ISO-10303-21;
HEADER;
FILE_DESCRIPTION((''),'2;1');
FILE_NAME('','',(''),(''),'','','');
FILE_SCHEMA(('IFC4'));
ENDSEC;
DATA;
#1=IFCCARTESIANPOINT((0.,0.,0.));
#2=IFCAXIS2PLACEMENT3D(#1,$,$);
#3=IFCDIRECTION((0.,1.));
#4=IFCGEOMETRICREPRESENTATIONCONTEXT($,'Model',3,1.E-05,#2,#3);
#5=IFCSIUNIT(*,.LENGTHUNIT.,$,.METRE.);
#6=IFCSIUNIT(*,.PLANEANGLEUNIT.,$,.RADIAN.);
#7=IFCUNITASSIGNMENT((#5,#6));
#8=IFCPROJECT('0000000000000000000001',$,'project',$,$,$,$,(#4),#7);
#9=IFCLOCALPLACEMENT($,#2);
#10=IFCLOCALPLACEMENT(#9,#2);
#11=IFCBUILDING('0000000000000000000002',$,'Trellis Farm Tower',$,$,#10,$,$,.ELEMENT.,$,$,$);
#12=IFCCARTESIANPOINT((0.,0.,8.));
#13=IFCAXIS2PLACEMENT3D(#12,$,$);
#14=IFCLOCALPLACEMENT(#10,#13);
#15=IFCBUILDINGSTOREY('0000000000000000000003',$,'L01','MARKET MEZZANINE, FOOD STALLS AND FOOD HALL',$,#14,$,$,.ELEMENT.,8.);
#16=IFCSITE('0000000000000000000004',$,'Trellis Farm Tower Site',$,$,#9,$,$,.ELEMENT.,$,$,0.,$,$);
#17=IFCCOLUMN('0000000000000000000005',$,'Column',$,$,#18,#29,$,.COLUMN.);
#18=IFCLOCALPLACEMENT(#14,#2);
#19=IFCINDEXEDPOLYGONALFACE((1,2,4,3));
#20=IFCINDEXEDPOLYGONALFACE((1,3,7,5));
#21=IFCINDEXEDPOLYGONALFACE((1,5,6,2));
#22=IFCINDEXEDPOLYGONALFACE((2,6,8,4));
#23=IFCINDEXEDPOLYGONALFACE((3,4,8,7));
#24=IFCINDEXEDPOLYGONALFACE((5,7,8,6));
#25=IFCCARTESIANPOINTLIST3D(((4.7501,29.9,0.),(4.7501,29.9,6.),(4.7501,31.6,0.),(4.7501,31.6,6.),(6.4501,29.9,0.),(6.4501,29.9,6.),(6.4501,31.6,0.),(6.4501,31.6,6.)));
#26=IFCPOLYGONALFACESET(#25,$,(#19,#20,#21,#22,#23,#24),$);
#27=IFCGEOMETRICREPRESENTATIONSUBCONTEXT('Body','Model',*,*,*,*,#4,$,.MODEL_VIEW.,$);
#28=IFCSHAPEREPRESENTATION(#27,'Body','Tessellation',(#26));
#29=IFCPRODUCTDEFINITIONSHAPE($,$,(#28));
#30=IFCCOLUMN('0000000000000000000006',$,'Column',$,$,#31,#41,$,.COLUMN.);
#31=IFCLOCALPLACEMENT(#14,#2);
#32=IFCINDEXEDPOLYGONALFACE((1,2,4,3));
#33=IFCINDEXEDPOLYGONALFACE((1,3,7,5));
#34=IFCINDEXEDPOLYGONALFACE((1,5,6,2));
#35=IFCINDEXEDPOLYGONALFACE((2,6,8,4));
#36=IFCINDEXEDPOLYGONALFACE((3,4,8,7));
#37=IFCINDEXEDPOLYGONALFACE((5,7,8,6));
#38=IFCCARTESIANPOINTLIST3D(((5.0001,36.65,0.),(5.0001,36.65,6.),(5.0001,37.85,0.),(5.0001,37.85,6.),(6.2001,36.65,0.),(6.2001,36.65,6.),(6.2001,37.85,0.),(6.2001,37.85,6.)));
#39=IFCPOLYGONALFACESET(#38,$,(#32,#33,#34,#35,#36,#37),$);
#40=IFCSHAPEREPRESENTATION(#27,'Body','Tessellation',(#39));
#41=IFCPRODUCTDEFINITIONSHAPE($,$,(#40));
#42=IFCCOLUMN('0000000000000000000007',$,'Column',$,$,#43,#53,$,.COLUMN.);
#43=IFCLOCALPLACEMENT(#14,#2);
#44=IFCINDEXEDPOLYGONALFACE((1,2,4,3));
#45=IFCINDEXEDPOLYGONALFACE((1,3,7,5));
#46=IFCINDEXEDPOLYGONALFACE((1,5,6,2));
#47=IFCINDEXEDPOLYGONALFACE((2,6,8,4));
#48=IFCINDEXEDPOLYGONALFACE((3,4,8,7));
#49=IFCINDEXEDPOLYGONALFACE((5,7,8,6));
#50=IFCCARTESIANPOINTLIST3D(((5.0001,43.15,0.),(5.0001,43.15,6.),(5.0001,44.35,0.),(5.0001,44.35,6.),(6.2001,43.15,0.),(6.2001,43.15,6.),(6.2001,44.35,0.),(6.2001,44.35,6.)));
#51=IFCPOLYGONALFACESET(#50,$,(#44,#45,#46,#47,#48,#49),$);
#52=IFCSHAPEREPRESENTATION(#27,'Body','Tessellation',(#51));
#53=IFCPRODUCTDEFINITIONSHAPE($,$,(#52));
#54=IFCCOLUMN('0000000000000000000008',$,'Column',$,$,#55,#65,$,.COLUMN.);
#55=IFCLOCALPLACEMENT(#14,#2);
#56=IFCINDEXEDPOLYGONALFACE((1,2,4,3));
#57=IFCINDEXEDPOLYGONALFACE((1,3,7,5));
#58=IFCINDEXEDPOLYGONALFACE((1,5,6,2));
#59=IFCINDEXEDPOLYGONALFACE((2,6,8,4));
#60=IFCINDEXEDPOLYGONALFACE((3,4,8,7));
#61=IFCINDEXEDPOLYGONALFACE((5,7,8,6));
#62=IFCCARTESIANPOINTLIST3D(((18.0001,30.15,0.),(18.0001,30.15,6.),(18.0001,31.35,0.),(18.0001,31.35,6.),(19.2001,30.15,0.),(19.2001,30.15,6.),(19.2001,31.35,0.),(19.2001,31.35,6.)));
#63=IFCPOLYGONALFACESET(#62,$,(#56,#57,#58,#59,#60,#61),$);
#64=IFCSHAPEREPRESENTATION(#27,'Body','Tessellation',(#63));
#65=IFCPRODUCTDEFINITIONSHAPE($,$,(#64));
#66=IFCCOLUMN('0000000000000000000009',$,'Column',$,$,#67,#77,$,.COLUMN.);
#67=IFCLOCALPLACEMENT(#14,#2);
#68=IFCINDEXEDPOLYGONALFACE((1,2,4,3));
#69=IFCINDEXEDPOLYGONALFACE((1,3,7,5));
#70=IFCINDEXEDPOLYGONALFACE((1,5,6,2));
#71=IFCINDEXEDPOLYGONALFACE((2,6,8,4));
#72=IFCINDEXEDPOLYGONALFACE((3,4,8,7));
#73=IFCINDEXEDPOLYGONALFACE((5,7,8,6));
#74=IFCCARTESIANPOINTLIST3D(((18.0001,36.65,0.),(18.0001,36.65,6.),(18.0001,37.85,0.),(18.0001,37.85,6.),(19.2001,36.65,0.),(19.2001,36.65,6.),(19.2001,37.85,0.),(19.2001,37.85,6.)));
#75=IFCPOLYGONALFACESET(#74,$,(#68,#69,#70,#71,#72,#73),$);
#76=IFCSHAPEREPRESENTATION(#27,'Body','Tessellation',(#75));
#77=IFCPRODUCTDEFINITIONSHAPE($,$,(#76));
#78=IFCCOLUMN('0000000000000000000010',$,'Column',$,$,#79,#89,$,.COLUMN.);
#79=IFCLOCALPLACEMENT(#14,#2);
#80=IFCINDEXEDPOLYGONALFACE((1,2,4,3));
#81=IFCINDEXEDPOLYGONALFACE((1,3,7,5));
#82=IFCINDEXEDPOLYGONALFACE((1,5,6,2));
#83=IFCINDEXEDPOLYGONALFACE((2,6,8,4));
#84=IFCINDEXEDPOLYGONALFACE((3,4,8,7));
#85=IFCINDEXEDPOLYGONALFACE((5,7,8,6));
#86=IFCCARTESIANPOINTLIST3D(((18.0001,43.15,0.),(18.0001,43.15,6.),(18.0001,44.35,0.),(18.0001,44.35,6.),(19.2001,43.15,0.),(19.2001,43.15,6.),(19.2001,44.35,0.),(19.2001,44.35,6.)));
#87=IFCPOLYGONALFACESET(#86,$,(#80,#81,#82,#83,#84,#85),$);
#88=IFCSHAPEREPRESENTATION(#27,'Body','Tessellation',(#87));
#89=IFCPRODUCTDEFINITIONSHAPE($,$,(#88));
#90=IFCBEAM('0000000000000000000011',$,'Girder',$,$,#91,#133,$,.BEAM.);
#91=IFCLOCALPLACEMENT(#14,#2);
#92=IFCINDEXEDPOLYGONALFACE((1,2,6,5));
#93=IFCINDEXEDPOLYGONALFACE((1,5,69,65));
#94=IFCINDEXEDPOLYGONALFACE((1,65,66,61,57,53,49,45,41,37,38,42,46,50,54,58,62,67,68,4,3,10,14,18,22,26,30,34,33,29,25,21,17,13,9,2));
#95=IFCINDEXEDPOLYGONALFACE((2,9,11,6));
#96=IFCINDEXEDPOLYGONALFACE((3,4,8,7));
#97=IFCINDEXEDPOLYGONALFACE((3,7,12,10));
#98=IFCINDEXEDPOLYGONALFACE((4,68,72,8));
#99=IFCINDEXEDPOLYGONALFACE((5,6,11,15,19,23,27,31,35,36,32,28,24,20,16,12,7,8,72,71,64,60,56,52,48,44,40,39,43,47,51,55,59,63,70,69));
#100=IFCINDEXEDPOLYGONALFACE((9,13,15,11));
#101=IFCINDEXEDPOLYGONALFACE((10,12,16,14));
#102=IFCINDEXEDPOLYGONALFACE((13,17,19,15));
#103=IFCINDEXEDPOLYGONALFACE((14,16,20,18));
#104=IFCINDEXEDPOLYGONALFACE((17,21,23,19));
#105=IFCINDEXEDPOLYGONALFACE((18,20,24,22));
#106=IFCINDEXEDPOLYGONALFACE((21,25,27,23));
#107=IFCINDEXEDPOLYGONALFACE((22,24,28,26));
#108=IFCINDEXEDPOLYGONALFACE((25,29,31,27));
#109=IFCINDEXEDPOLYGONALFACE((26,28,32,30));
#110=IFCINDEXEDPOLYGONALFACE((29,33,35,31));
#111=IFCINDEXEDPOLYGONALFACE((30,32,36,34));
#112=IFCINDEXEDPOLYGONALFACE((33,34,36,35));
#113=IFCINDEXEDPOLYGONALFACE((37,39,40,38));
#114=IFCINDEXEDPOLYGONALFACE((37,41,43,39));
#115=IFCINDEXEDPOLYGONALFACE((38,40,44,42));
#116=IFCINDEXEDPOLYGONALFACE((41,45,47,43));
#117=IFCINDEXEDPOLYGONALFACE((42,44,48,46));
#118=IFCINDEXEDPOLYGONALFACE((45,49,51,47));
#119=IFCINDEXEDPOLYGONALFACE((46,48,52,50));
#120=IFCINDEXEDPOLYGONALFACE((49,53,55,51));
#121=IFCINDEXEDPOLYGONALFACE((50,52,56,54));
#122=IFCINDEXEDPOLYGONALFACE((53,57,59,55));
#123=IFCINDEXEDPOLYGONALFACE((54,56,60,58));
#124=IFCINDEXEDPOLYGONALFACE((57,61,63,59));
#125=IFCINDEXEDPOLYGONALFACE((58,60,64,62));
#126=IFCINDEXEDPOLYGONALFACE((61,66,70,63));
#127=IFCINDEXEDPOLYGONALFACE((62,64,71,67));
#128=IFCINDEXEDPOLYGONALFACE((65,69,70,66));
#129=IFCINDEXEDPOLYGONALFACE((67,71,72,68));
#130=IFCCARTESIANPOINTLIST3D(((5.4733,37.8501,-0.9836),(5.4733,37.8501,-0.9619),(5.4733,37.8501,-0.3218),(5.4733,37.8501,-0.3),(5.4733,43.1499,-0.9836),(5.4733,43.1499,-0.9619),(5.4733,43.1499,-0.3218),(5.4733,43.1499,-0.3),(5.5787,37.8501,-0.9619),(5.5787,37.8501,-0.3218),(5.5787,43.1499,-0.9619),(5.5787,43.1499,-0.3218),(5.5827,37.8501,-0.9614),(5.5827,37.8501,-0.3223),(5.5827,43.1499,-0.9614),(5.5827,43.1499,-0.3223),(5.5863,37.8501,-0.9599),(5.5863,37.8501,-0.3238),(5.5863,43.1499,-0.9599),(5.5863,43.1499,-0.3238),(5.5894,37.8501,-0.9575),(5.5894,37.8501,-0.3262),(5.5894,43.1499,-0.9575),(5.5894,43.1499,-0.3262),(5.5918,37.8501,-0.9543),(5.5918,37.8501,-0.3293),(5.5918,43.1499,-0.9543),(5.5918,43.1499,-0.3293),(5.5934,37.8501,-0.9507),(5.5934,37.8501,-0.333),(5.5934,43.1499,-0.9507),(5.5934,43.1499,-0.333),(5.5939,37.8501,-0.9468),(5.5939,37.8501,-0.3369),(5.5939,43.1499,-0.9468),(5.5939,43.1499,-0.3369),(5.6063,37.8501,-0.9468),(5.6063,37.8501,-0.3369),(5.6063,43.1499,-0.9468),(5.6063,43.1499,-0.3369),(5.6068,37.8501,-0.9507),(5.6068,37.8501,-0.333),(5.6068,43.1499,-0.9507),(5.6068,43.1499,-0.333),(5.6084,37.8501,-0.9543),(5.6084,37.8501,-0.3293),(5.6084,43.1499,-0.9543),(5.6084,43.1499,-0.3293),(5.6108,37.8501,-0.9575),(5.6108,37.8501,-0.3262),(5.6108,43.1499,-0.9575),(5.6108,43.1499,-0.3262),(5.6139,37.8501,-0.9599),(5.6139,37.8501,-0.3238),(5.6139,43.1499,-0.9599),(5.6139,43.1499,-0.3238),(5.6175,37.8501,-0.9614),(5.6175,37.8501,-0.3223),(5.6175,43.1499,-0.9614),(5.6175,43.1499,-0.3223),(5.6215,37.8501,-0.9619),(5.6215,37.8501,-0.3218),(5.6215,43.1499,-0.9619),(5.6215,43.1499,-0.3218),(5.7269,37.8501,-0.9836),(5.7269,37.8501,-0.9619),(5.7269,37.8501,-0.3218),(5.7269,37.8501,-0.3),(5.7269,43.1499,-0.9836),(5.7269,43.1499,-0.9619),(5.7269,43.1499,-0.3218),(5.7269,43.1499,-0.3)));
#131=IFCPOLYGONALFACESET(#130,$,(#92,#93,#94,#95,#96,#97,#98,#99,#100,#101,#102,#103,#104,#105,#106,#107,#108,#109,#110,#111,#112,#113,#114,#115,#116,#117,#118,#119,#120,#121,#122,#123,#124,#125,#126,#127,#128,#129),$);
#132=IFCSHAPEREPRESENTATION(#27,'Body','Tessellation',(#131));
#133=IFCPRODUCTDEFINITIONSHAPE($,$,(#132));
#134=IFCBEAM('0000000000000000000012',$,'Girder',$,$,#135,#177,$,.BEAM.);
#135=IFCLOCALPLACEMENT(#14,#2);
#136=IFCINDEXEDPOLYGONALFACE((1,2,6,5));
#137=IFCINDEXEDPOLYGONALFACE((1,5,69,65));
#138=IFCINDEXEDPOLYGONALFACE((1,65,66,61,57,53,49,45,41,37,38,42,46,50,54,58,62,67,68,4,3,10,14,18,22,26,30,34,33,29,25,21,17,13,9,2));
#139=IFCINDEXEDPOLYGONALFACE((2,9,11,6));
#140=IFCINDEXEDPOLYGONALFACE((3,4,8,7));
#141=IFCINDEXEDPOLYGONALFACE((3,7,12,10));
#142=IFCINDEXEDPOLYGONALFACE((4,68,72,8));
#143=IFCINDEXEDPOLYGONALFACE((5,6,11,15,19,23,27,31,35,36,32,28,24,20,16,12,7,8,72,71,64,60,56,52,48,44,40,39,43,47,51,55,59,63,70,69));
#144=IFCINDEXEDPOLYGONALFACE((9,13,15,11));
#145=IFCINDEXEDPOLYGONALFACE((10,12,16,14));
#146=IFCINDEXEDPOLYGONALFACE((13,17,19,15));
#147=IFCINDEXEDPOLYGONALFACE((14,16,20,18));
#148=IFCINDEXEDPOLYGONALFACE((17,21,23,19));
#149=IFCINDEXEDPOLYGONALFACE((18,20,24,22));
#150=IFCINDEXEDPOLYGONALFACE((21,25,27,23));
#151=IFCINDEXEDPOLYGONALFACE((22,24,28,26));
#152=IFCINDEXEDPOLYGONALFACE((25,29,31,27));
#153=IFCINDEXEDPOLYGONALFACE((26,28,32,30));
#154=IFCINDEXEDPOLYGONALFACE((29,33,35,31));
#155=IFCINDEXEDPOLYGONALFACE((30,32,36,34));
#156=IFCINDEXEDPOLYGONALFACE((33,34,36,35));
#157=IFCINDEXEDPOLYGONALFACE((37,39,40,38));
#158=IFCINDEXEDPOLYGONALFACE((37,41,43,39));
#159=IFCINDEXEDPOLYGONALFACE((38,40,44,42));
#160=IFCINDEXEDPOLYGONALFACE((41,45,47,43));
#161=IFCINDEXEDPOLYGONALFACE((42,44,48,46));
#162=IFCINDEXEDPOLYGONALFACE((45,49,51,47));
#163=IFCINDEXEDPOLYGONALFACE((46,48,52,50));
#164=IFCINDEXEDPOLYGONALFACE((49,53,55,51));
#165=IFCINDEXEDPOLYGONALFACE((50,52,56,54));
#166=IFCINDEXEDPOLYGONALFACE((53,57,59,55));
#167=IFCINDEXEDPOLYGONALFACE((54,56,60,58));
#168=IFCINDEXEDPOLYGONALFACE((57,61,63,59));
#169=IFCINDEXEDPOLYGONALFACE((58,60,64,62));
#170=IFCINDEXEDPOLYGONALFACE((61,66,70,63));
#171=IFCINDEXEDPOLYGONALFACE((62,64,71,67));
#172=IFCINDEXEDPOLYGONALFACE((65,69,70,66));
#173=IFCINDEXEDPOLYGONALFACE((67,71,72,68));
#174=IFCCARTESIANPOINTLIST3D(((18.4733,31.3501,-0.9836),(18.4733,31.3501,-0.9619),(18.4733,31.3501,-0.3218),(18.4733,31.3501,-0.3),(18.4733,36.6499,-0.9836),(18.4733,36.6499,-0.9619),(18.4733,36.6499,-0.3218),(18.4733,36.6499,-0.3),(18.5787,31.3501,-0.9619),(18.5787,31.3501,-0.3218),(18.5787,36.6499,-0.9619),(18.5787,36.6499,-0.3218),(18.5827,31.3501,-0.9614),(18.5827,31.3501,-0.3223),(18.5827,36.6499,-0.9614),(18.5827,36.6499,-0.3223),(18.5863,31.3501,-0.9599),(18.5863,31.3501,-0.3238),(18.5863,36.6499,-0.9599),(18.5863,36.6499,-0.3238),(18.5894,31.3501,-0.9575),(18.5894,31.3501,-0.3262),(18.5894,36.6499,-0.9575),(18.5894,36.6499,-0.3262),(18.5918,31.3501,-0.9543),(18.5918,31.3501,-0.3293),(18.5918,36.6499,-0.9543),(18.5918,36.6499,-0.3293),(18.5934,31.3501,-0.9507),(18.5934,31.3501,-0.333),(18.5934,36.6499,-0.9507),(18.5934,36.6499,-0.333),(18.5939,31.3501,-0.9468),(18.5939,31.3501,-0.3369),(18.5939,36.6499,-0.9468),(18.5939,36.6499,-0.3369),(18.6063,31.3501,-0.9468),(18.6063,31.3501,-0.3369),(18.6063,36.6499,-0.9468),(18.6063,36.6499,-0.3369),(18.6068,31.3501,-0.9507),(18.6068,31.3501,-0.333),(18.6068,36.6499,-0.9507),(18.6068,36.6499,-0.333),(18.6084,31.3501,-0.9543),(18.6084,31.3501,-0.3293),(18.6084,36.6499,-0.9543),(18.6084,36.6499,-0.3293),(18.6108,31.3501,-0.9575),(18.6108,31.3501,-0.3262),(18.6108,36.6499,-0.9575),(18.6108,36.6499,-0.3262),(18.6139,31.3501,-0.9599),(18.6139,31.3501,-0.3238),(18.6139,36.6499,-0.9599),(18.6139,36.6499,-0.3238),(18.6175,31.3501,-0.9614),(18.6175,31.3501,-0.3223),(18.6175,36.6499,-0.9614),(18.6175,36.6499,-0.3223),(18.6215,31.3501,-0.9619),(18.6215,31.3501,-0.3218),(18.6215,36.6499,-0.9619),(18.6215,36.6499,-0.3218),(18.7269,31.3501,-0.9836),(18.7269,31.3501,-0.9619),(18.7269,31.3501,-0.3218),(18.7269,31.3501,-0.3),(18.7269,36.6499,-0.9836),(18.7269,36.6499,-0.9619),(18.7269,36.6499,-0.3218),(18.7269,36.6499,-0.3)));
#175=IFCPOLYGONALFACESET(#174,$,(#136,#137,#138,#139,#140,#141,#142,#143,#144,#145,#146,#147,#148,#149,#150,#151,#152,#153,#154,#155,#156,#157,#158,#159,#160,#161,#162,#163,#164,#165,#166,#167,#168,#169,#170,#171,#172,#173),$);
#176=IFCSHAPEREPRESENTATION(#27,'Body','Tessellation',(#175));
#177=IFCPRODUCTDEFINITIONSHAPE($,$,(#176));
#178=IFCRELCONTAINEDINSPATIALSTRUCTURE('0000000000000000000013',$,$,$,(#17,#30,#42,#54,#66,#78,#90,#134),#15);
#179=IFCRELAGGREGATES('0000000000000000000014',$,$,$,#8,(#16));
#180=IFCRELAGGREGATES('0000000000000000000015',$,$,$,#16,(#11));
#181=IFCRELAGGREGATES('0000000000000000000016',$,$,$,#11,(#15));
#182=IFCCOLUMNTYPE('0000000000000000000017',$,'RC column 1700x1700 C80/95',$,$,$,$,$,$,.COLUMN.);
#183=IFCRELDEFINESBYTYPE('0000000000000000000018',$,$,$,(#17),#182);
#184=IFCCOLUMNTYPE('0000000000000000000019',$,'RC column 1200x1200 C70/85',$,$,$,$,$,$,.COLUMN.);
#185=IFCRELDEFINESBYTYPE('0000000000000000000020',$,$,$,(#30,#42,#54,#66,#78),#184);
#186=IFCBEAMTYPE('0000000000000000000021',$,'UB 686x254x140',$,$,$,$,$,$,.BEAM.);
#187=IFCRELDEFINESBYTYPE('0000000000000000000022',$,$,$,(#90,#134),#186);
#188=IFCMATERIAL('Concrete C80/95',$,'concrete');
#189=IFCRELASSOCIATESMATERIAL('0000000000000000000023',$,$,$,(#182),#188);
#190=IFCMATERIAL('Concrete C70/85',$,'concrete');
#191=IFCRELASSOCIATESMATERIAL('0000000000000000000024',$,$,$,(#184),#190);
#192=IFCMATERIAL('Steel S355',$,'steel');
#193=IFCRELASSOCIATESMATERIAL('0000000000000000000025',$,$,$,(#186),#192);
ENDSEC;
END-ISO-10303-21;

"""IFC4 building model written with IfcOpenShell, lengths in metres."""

from ifc_helpers import new_model, si_unit, direction, frame, origin, origin_2d, place, context, subcontext, project, spatial, rectangle, i_section, extrude, source, transform, mapped, material, material_profile, profile_set, type_object, element, save


model = new_model("IFC4")

# Units and contexts
model_context = context("Model", 3, precision=1e-05, world=origin(), true_north=direction((0.0, 1.0)))
body_context = subcontext(model_context, "Body", "Model", "MODEL_VIEW")
ifc_project = project(units=[si_unit("LENGTHUNIT", "METRE"), si_unit("PLANEANGLEUNIT", "RADIAN")], contexts=[model_context])

# Site, building, storey
site_placement = place(None, origin())
site = spatial("IfcSite", under=ifc_project, at=site_placement, Name="Trellis Farm Tower Site", CompositionType="ELEMENT", RefElevation=0.0)
building_placement = place(site_placement, origin())
building = spatial("IfcBuilding", under=site, at=building_placement, Name="Trellis Farm Tower", CompositionType="ELEMENT")
storey_placement = place(building_placement, frame((0.0, 0.0, 8.0)))
storey = spatial("IfcBuildingStorey", under=building, at=storey_placement, Name="L01", Description="MARKET MEZZANINE, FOOD STALLS AND FOOD HALL", CompositionType="ELEMENT", Elevation=8.0)

# Columns
ifc_material_1 = material(Name="Concrete C80/95", Category="concrete")
ifc_material_profile_1 = material_profile(ifc_material_1, rectangle(XDim=1.7, YDim=1.7, at=origin_2d()), Name="RC column 1700x1700 C80/95")
ifc_profile_set_1 = profile_set([ifc_material_profile_1], Name="Concrete C80/95")
column_type_1 = type_object("IfcColumnType", Name="RC column 1700x1700 C80/95", PredefinedType="COLUMN", material=ifc_profile_set_1)
shared_shape_1 = source(origin(), body_context, "Body", "SweptSolid", [
    extrude(rectangle(XDim=1.7, YDim=1.7, at=origin_2d()), origin(), (0.0, 0.0, 1.0), 6.0),
])
column_placement = place(storey_placement, frame((5.6001, 30.75, 0.0), z_axis=(0.0, 0.0, 1.0), x_axis=(1.0, 0.0, 0.0)))
element("IfcColumn", 1, at=column_placement, inside=storey, type_object=column_type_1, Name="Column", PredefinedType="COLUMN", context=body_context, shape_type="MappedRepresentation", body=[
    mapped(shared_shape_1, transform((0.0, 0.0, 0.0))),
])
ifc_material_2 = material(Name="Concrete C70/85", Category="concrete")
ifc_material_profile_2 = material_profile(ifc_material_2, rectangle(XDim=1.2, YDim=1.2, at=origin_2d()), Name="RC column 1200x1200 C70/85")
ifc_profile_set_2 = profile_set([ifc_material_profile_2], Name="Concrete C70/85")
column_type_2 = type_object("IfcColumnType", Name="RC column 1200x1200 C70/85", PredefinedType="COLUMN", material=ifc_profile_set_2)
shared_shape_2 = source(origin(), body_context, "Body", "SweptSolid", [
    extrude(rectangle(XDim=1.2, YDim=1.2, at=origin_2d()), origin(), (0.0, 0.0, 1.0), 6.0),
])
for number, where, z_axis, x_axis, name in (
    (2, (5.6001, 37.25, 0.0), (0.0, 0.0, 1.0), (1.0, 0.0, 0.0), "Column"),
    (3, (5.6001, 43.75, 0.0), (0.0, 0.0, 1.0), (1.0, 0.0, 0.0), "Column"),
    (4, (18.6001, 30.75, 0.0), (0.0, 0.0, 1.0), (1.0, 0.0, 0.0), "Column"),
    (5, (18.6001, 37.25, 0.0), (0.0, 0.0, 1.0), (1.0, 0.0, 0.0), "Column"),
    (6, (18.6001, 43.75, 0.0), (0.0, 0.0, 1.0), (1.0, 0.0, 0.0), "Column"),
):
    element("IfcColumn", number, at=place(storey_placement, frame(where, z_axis=z_axis, x_axis=x_axis)), inside=storey, type_object=column_type_2, Name=name, PredefinedType="COLUMN", context=body_context, shape_type="MappedRepresentation", body=[
        mapped(shared_shape_2, transform((0.0, 0.0, 0.0))),
    ])

# Beams
ifc_material_3 = material(Name="Steel S355", Category="steel")
ifc_material_profile_3 = material_profile(ifc_material_3, i_section(OverallWidth=0.2537, OverallDepth=0.6836, WebThickness=0.0125, FlangeThickness=0.0217, FilletRadius=0.0151, at=origin_2d()), Name="UB 686x254x140")
ifc_profile_set_3 = profile_set([ifc_material_profile_3], Name="Steel S355")
beam_type_1 = type_object("IfcBeamType", Name="UB 686x254x140", PredefinedType="BEAM", material=ifc_profile_set_3)
shared_shape_3 = source(origin(), body_context, "Body", "SweptSolid", [
    extrude(i_section(OverallWidth=0.2537, OverallDepth=0.6836, WebThickness=0.0125, FlangeThickness=0.0217, FilletRadius=0.0151, at=origin_2d()), origin(), (0.0, 0.0, 1.0), 5.2998),
])
for number, where, z_axis, x_axis, name in (
    (7, (5.6001, 37.8501, -0.6418), (0.0, 1.0, 0.0), (-1.0, 0.0, 0.0), "Girder"),
    (8, (18.6001, 31.3501, -0.6418), (0.0, 1.0, 0.0), (-1.0, 0.0, 0.0), "Girder"),
):
    element("IfcBeam", number, at=place(storey_placement, frame(where, z_axis=z_axis, x_axis=x_axis)), inside=storey, type_object=beam_type_1, Name=name, PredefinedType="BEAM", context=body_context, shape_type="MappedRepresentation", body=[
        mapped(shared_shape_3, transform((0.0, 0.0, 0.0))),
    ])

save(model, "model.ifc")
